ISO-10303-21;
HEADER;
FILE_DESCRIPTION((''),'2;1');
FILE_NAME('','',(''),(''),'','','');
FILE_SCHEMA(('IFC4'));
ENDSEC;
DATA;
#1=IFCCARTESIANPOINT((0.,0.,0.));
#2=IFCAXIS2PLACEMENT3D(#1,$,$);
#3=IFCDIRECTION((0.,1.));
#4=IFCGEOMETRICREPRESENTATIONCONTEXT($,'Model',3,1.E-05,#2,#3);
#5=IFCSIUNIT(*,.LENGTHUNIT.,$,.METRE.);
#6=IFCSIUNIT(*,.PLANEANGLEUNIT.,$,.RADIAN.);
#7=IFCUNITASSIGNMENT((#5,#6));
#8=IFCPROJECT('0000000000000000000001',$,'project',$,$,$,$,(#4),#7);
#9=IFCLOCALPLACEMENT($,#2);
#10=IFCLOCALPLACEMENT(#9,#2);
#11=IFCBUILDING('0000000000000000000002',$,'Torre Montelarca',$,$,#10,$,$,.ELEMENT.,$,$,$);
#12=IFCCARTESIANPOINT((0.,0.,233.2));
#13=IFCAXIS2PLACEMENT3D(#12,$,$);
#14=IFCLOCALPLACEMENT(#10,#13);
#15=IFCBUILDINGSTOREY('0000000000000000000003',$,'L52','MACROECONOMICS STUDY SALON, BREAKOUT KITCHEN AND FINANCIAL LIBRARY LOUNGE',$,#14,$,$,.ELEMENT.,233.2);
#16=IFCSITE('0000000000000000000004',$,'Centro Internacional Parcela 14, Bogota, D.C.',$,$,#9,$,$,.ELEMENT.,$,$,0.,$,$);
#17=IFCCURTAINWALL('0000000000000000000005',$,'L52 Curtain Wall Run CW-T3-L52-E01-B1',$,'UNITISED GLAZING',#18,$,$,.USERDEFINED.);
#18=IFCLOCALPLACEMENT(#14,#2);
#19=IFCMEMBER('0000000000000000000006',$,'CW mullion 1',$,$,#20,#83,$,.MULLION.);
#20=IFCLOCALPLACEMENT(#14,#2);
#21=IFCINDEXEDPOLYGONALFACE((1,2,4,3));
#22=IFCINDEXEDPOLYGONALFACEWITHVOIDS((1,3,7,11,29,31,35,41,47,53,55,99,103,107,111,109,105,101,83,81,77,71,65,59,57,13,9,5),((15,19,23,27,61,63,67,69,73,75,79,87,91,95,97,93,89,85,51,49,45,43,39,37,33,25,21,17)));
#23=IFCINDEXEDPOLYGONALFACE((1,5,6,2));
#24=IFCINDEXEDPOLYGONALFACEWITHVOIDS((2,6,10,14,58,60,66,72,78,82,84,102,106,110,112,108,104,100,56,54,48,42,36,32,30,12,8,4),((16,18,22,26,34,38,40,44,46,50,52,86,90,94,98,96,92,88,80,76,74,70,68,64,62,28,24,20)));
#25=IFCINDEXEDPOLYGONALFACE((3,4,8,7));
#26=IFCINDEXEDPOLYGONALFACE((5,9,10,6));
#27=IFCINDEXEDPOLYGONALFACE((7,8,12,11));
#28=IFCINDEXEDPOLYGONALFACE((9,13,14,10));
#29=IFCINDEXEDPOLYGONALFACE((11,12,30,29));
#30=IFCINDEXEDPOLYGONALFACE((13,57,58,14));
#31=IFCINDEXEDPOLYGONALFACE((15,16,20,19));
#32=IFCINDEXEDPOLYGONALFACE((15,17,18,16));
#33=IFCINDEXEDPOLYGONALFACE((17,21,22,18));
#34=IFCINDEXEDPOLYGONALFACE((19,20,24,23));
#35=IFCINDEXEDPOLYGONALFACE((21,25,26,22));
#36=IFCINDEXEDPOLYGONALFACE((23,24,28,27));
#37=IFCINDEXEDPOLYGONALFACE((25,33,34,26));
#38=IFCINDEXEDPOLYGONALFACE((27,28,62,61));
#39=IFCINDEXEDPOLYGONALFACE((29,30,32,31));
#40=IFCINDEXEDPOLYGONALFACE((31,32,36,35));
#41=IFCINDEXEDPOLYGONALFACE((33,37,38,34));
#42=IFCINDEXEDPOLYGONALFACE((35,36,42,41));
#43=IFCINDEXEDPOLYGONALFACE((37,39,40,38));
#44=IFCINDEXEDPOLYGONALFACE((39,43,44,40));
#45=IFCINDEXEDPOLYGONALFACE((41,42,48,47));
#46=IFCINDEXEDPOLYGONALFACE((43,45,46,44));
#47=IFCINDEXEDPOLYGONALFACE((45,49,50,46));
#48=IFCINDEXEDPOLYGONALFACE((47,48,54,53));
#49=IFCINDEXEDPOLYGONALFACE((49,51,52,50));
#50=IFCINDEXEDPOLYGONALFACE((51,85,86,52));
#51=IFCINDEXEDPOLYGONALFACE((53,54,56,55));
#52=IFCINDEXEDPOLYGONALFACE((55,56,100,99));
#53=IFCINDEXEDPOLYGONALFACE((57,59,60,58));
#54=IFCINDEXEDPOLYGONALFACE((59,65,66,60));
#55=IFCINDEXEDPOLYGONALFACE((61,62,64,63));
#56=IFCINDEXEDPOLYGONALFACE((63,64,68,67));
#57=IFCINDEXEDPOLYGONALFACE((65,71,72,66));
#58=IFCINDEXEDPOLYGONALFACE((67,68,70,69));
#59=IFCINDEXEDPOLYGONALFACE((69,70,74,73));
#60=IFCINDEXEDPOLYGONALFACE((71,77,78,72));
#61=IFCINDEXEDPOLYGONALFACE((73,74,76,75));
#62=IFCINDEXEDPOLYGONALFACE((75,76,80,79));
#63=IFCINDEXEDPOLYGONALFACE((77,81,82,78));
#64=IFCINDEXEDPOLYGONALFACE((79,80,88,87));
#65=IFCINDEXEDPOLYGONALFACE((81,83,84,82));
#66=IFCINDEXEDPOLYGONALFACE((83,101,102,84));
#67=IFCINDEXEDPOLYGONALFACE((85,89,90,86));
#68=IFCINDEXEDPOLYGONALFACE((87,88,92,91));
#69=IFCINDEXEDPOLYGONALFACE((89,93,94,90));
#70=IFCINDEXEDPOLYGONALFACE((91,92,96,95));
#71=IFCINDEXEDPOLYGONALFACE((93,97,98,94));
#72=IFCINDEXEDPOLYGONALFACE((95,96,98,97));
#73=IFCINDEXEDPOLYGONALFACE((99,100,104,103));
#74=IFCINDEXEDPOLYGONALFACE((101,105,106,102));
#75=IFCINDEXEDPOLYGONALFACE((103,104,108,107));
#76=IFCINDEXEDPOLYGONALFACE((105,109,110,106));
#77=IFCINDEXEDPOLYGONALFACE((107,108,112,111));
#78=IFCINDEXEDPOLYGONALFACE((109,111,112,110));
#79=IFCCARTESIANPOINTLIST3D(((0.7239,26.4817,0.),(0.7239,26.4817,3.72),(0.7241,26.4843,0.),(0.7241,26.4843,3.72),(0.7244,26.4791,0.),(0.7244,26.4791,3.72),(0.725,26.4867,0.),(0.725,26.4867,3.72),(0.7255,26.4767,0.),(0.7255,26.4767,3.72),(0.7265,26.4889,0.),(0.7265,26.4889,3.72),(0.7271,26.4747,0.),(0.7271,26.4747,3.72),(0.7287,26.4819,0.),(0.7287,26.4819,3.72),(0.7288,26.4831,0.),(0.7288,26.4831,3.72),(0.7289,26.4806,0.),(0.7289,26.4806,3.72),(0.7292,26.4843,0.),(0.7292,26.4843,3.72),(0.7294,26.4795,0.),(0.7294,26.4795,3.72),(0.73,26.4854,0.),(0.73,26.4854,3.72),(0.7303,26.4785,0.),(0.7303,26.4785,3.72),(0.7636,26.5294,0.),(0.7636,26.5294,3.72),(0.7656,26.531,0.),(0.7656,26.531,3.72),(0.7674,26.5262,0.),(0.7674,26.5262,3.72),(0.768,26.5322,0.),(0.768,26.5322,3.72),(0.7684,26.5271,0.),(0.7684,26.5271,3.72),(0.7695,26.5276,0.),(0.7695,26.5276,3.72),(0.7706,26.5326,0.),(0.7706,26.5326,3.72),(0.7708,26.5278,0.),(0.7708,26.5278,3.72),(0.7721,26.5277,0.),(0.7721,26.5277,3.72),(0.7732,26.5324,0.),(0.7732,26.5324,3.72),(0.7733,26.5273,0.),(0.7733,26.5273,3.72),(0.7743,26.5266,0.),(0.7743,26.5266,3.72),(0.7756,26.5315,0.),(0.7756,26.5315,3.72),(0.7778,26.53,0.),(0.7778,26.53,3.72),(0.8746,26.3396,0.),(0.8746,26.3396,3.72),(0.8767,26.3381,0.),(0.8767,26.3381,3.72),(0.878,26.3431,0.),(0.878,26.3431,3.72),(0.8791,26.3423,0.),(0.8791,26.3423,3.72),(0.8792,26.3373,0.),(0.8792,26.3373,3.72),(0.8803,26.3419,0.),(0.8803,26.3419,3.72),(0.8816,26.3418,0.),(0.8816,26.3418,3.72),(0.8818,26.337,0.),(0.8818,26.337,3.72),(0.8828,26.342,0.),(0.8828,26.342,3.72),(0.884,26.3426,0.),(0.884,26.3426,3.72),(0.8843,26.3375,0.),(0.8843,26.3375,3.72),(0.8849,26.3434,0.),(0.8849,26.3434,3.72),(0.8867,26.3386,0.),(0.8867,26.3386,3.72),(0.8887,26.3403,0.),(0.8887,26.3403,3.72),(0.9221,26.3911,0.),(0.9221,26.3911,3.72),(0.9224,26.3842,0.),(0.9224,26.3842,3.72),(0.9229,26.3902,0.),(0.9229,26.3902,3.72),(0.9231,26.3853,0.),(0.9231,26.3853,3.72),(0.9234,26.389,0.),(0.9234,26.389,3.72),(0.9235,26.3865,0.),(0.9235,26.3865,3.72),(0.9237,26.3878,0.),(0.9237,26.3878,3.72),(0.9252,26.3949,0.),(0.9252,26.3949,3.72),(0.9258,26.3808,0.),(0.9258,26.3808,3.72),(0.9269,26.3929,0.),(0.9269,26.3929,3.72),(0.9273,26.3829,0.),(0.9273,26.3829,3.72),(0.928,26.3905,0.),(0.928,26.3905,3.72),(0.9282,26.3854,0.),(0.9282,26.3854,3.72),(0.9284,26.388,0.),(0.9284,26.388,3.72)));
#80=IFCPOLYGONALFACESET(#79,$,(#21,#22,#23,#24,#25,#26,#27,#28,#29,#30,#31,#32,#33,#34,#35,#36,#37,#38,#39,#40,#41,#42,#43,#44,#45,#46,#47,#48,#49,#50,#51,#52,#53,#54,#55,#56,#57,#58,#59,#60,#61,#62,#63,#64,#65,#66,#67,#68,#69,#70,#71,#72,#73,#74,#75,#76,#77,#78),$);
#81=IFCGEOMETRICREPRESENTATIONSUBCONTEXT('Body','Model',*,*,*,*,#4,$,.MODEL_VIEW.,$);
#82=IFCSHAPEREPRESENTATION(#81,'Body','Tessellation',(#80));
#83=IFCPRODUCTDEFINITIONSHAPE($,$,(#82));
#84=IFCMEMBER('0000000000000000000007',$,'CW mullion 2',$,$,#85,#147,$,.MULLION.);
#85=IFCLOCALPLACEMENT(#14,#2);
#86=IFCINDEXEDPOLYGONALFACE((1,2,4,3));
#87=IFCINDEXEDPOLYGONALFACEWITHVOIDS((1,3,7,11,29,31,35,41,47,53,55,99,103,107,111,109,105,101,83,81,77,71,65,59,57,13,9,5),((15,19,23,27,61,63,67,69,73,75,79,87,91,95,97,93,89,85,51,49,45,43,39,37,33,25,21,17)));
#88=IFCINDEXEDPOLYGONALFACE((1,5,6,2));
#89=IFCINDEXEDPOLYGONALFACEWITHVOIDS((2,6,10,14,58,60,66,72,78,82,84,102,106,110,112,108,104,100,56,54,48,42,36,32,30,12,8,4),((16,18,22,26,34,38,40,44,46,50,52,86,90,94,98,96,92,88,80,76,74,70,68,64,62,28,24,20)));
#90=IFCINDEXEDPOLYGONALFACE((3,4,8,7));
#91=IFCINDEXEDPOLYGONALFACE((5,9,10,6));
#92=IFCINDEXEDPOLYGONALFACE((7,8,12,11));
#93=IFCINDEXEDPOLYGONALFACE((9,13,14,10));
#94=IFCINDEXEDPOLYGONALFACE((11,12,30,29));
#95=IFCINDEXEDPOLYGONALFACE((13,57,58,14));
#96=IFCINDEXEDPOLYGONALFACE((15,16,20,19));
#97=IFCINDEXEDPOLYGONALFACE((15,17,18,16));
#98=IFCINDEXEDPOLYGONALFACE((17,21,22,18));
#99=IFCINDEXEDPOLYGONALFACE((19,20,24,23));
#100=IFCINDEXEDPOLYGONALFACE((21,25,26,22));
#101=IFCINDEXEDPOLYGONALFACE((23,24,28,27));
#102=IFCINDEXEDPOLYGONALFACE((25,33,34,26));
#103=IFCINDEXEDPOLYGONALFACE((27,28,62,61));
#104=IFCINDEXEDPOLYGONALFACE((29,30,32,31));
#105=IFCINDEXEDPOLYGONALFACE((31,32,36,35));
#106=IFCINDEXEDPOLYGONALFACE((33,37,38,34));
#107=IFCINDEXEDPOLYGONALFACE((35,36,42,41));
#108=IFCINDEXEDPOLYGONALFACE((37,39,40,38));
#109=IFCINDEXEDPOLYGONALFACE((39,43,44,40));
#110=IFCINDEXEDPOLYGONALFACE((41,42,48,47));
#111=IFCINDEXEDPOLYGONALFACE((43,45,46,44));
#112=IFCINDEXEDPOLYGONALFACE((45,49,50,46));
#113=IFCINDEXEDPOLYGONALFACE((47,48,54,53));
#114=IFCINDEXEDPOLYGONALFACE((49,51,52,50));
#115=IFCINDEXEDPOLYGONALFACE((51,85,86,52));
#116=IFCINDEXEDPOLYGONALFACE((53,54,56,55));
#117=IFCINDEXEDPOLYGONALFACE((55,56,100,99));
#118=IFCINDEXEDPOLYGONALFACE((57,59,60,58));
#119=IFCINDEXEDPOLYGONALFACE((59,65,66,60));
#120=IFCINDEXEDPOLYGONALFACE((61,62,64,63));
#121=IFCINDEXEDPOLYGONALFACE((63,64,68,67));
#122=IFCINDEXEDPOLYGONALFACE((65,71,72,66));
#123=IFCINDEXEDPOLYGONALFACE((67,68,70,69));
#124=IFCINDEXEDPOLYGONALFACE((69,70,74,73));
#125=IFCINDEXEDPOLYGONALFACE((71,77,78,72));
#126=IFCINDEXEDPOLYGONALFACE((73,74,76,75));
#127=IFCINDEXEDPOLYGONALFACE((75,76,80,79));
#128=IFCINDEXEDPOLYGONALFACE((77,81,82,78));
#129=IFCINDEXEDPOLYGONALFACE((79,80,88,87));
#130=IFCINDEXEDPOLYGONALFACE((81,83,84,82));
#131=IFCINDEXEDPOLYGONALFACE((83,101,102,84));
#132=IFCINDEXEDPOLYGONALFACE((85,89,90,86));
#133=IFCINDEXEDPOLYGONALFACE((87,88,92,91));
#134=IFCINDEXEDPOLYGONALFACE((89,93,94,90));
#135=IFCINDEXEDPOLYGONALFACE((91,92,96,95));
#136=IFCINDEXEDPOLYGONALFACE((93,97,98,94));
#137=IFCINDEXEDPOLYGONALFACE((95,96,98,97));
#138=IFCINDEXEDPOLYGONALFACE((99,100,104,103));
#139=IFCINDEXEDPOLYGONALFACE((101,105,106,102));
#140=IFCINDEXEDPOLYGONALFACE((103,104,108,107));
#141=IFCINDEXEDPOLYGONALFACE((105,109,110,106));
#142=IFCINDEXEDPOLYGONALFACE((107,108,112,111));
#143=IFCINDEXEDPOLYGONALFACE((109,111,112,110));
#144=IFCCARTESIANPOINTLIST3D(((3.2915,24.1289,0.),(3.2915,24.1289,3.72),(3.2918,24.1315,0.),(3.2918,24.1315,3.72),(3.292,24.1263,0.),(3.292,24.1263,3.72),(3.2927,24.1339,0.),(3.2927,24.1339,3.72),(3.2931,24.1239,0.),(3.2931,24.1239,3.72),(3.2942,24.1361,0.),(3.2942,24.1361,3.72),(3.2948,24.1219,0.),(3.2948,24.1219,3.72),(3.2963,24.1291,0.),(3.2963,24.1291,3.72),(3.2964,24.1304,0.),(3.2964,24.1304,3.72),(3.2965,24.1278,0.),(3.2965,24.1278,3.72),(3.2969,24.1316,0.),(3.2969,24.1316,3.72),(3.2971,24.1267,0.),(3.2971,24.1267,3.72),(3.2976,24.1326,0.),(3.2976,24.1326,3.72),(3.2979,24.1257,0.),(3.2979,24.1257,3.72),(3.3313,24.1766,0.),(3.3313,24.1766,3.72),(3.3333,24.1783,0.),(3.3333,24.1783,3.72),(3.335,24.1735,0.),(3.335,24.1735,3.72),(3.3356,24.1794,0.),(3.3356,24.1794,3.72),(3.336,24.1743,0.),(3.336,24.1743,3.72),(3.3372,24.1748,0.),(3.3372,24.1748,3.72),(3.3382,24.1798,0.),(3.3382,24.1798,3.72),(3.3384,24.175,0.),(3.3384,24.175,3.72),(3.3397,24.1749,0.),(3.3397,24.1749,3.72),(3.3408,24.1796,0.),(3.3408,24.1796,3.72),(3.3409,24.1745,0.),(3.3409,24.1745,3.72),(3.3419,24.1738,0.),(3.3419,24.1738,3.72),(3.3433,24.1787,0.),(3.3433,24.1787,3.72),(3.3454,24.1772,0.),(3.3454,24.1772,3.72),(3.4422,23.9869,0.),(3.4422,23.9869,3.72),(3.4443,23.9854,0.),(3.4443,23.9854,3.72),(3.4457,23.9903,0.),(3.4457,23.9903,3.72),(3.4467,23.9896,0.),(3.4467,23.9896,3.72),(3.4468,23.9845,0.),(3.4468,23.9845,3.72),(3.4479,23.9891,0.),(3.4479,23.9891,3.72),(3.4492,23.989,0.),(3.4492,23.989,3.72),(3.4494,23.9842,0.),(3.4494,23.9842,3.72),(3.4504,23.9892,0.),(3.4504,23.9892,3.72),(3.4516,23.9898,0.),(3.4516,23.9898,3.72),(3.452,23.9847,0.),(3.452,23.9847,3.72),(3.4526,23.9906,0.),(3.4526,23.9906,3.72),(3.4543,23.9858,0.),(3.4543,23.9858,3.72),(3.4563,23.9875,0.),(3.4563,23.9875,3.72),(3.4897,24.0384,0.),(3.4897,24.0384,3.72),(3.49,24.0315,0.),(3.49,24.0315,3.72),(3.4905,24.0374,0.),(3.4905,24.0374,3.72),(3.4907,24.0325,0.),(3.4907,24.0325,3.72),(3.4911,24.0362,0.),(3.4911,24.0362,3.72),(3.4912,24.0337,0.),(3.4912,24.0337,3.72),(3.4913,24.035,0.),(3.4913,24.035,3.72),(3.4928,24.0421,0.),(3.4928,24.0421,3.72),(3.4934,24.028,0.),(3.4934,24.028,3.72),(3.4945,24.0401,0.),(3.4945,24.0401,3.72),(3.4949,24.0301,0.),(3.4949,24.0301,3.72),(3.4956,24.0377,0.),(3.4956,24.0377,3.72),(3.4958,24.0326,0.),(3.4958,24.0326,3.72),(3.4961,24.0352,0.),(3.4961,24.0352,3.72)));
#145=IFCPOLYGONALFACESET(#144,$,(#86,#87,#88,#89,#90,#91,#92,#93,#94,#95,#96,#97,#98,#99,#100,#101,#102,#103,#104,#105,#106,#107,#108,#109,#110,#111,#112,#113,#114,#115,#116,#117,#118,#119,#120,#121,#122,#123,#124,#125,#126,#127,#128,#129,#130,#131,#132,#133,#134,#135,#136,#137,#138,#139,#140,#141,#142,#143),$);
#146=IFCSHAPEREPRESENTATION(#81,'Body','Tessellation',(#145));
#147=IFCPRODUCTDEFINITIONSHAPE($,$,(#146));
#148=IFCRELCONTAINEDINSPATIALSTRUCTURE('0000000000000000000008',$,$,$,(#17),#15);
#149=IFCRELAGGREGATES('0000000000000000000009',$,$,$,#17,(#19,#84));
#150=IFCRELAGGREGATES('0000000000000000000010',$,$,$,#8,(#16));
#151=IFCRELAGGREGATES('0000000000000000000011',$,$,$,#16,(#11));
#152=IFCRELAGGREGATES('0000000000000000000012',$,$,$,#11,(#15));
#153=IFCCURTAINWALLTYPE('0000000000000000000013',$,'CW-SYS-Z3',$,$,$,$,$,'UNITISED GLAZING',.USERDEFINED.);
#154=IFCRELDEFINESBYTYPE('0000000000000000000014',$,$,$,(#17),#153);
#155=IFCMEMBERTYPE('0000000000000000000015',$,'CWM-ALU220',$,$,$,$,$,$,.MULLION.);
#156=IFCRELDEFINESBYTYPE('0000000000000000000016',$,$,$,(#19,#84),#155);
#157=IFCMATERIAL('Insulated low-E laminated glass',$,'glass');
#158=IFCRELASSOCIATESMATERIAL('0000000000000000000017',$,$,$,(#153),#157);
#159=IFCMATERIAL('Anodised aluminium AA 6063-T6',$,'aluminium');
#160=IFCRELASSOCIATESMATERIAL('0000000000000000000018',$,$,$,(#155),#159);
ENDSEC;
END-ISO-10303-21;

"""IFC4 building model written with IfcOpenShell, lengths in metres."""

from ifc_helpers import new_model, si_unit, direction, frame, origin, origin_2d, place, context, subcontext, project, spatial, hollow_rectangle, extrude, source, transform, mapped, material, material_profile, profile_set, type_object, element, aggregate, save


model = new_model("IFC4")

# Units and contexts
model_context = context("Model", 3, precision=1e-05, world=origin(), true_north=direction((0.0, 1.0)))
body_context = subcontext(model_context, "Body", "Model", "MODEL_VIEW")
ifc_project = project(units=[si_unit("LENGTHUNIT", "METRE"), si_unit("PLANEANGLEUNIT", "RADIAN")], contexts=[model_context])

# Site, building, storey
site_placement = place(None, origin())
site = spatial("IfcSite", under=ifc_project, at=site_placement, Name="Centro Internacional Parcela 14, Bogota, D.C.", CompositionType="ELEMENT", RefElevation=0.0)
building_placement = place(site_placement, origin())
building = spatial("IfcBuilding", under=site, at=building_placement, Name="Torre Montelarca", CompositionType="ELEMENT")
storey_placement = place(building_placement, frame((0.0, 0.0, 233.2)))
storey = spatial("IfcBuildingStorey", under=building, at=storey_placement, Name="L52", Description="MACROECONOMICS STUDY SALON, BREAKOUT KITCHEN AND FINANCIAL LIBRARY LOUNGE", CompositionType="ELEMENT", Elevation=233.2)

# Curtain wall, members
ifc_material_1 = material(Name="Insulated low-E laminated glass", Category="glass")
curtain_wall_type = type_object("IfcCurtainWallType", Name="CW-SYS-Z3", ElementType="UNITISED GLAZING", PredefinedType="USERDEFINED", material=ifc_material_1)
curtain_wall_1_placement = place(storey_placement, origin())
curtain_wall_1 = element("IfcCurtainWall", 1, at=curtain_wall_1_placement, inside=storey, type_object=curtain_wall_type, Name="L52 Curtain Wall Run CW-T3-L52-E01-B1", ObjectType="UNITISED GLAZING", PredefinedType="USERDEFINED")
ifc_material_2 = material(Name="Anodised aluminium AA 6063-T6", Category="aluminium")
ifc_material_profile_1 = material_profile(ifc_material_2, hollow_rectangle(XDim=0.075, YDim=0.22, WallThickness=0.0049, InnerFilletRadius=0.0049, OuterFilletRadius=0.01, at=origin_2d()), Name="ALU75X220X5", Category="aluminium")
ifc_profile_set_1 = profile_set([ifc_material_profile_1], Name="Anodised aluminium AA 6063-T6")
member_type_1 = type_object("IfcMemberType", Name="CWM-ALU220", PredefinedType="MULLION", material=ifc_profile_set_1)
shared_shape_1 = source(origin(), body_context, "Body", "SweptSolid", [
    extrude(hollow_rectangle(XDim=0.075, YDim=0.22, WallThickness=0.0049, InnerFilletRadius=0.0049, OuterFilletRadius=0.01, at=origin_2d()), origin(), (0.0, 0.0, 1.0), 3.72),
])
member_1_placement = place(storey_placement, frame((0.8262, 26.4348, 0.0), z_axis=(0.0, 0.0, 1.0), x_axis=(0.675581, 0.737286, 0.0)))
member_1 = element("IfcMember", 2, at=member_1_placement, type_object=member_type_1, Name="CW mullion 1", PredefinedType="MULLION", context=body_context, shape_type="MappedRepresentation", body=[
    mapped(shared_shape_1, transform((0.0, 0.0, 0.0), scale=1.0)),
])
member_2_placement = place(storey_placement, frame((3.3938, 24.082, 0.0), z_axis=(0.0, 0.0, 1.0), x_axis=(0.675581, 0.737286, 0.0)))
member_2 = element("IfcMember", 3, at=member_2_placement, type_object=member_type_1, Name="CW mullion 2", PredefinedType="MULLION", context=body_context, shape_type="MappedRepresentation", body=[
    mapped(shared_shape_1, transform((0.0, 0.0, 0.0), scale=1.0)),
])

aggregate(curtain_wall_1, [member_1, member_2])

save(model, "model.ifc")
